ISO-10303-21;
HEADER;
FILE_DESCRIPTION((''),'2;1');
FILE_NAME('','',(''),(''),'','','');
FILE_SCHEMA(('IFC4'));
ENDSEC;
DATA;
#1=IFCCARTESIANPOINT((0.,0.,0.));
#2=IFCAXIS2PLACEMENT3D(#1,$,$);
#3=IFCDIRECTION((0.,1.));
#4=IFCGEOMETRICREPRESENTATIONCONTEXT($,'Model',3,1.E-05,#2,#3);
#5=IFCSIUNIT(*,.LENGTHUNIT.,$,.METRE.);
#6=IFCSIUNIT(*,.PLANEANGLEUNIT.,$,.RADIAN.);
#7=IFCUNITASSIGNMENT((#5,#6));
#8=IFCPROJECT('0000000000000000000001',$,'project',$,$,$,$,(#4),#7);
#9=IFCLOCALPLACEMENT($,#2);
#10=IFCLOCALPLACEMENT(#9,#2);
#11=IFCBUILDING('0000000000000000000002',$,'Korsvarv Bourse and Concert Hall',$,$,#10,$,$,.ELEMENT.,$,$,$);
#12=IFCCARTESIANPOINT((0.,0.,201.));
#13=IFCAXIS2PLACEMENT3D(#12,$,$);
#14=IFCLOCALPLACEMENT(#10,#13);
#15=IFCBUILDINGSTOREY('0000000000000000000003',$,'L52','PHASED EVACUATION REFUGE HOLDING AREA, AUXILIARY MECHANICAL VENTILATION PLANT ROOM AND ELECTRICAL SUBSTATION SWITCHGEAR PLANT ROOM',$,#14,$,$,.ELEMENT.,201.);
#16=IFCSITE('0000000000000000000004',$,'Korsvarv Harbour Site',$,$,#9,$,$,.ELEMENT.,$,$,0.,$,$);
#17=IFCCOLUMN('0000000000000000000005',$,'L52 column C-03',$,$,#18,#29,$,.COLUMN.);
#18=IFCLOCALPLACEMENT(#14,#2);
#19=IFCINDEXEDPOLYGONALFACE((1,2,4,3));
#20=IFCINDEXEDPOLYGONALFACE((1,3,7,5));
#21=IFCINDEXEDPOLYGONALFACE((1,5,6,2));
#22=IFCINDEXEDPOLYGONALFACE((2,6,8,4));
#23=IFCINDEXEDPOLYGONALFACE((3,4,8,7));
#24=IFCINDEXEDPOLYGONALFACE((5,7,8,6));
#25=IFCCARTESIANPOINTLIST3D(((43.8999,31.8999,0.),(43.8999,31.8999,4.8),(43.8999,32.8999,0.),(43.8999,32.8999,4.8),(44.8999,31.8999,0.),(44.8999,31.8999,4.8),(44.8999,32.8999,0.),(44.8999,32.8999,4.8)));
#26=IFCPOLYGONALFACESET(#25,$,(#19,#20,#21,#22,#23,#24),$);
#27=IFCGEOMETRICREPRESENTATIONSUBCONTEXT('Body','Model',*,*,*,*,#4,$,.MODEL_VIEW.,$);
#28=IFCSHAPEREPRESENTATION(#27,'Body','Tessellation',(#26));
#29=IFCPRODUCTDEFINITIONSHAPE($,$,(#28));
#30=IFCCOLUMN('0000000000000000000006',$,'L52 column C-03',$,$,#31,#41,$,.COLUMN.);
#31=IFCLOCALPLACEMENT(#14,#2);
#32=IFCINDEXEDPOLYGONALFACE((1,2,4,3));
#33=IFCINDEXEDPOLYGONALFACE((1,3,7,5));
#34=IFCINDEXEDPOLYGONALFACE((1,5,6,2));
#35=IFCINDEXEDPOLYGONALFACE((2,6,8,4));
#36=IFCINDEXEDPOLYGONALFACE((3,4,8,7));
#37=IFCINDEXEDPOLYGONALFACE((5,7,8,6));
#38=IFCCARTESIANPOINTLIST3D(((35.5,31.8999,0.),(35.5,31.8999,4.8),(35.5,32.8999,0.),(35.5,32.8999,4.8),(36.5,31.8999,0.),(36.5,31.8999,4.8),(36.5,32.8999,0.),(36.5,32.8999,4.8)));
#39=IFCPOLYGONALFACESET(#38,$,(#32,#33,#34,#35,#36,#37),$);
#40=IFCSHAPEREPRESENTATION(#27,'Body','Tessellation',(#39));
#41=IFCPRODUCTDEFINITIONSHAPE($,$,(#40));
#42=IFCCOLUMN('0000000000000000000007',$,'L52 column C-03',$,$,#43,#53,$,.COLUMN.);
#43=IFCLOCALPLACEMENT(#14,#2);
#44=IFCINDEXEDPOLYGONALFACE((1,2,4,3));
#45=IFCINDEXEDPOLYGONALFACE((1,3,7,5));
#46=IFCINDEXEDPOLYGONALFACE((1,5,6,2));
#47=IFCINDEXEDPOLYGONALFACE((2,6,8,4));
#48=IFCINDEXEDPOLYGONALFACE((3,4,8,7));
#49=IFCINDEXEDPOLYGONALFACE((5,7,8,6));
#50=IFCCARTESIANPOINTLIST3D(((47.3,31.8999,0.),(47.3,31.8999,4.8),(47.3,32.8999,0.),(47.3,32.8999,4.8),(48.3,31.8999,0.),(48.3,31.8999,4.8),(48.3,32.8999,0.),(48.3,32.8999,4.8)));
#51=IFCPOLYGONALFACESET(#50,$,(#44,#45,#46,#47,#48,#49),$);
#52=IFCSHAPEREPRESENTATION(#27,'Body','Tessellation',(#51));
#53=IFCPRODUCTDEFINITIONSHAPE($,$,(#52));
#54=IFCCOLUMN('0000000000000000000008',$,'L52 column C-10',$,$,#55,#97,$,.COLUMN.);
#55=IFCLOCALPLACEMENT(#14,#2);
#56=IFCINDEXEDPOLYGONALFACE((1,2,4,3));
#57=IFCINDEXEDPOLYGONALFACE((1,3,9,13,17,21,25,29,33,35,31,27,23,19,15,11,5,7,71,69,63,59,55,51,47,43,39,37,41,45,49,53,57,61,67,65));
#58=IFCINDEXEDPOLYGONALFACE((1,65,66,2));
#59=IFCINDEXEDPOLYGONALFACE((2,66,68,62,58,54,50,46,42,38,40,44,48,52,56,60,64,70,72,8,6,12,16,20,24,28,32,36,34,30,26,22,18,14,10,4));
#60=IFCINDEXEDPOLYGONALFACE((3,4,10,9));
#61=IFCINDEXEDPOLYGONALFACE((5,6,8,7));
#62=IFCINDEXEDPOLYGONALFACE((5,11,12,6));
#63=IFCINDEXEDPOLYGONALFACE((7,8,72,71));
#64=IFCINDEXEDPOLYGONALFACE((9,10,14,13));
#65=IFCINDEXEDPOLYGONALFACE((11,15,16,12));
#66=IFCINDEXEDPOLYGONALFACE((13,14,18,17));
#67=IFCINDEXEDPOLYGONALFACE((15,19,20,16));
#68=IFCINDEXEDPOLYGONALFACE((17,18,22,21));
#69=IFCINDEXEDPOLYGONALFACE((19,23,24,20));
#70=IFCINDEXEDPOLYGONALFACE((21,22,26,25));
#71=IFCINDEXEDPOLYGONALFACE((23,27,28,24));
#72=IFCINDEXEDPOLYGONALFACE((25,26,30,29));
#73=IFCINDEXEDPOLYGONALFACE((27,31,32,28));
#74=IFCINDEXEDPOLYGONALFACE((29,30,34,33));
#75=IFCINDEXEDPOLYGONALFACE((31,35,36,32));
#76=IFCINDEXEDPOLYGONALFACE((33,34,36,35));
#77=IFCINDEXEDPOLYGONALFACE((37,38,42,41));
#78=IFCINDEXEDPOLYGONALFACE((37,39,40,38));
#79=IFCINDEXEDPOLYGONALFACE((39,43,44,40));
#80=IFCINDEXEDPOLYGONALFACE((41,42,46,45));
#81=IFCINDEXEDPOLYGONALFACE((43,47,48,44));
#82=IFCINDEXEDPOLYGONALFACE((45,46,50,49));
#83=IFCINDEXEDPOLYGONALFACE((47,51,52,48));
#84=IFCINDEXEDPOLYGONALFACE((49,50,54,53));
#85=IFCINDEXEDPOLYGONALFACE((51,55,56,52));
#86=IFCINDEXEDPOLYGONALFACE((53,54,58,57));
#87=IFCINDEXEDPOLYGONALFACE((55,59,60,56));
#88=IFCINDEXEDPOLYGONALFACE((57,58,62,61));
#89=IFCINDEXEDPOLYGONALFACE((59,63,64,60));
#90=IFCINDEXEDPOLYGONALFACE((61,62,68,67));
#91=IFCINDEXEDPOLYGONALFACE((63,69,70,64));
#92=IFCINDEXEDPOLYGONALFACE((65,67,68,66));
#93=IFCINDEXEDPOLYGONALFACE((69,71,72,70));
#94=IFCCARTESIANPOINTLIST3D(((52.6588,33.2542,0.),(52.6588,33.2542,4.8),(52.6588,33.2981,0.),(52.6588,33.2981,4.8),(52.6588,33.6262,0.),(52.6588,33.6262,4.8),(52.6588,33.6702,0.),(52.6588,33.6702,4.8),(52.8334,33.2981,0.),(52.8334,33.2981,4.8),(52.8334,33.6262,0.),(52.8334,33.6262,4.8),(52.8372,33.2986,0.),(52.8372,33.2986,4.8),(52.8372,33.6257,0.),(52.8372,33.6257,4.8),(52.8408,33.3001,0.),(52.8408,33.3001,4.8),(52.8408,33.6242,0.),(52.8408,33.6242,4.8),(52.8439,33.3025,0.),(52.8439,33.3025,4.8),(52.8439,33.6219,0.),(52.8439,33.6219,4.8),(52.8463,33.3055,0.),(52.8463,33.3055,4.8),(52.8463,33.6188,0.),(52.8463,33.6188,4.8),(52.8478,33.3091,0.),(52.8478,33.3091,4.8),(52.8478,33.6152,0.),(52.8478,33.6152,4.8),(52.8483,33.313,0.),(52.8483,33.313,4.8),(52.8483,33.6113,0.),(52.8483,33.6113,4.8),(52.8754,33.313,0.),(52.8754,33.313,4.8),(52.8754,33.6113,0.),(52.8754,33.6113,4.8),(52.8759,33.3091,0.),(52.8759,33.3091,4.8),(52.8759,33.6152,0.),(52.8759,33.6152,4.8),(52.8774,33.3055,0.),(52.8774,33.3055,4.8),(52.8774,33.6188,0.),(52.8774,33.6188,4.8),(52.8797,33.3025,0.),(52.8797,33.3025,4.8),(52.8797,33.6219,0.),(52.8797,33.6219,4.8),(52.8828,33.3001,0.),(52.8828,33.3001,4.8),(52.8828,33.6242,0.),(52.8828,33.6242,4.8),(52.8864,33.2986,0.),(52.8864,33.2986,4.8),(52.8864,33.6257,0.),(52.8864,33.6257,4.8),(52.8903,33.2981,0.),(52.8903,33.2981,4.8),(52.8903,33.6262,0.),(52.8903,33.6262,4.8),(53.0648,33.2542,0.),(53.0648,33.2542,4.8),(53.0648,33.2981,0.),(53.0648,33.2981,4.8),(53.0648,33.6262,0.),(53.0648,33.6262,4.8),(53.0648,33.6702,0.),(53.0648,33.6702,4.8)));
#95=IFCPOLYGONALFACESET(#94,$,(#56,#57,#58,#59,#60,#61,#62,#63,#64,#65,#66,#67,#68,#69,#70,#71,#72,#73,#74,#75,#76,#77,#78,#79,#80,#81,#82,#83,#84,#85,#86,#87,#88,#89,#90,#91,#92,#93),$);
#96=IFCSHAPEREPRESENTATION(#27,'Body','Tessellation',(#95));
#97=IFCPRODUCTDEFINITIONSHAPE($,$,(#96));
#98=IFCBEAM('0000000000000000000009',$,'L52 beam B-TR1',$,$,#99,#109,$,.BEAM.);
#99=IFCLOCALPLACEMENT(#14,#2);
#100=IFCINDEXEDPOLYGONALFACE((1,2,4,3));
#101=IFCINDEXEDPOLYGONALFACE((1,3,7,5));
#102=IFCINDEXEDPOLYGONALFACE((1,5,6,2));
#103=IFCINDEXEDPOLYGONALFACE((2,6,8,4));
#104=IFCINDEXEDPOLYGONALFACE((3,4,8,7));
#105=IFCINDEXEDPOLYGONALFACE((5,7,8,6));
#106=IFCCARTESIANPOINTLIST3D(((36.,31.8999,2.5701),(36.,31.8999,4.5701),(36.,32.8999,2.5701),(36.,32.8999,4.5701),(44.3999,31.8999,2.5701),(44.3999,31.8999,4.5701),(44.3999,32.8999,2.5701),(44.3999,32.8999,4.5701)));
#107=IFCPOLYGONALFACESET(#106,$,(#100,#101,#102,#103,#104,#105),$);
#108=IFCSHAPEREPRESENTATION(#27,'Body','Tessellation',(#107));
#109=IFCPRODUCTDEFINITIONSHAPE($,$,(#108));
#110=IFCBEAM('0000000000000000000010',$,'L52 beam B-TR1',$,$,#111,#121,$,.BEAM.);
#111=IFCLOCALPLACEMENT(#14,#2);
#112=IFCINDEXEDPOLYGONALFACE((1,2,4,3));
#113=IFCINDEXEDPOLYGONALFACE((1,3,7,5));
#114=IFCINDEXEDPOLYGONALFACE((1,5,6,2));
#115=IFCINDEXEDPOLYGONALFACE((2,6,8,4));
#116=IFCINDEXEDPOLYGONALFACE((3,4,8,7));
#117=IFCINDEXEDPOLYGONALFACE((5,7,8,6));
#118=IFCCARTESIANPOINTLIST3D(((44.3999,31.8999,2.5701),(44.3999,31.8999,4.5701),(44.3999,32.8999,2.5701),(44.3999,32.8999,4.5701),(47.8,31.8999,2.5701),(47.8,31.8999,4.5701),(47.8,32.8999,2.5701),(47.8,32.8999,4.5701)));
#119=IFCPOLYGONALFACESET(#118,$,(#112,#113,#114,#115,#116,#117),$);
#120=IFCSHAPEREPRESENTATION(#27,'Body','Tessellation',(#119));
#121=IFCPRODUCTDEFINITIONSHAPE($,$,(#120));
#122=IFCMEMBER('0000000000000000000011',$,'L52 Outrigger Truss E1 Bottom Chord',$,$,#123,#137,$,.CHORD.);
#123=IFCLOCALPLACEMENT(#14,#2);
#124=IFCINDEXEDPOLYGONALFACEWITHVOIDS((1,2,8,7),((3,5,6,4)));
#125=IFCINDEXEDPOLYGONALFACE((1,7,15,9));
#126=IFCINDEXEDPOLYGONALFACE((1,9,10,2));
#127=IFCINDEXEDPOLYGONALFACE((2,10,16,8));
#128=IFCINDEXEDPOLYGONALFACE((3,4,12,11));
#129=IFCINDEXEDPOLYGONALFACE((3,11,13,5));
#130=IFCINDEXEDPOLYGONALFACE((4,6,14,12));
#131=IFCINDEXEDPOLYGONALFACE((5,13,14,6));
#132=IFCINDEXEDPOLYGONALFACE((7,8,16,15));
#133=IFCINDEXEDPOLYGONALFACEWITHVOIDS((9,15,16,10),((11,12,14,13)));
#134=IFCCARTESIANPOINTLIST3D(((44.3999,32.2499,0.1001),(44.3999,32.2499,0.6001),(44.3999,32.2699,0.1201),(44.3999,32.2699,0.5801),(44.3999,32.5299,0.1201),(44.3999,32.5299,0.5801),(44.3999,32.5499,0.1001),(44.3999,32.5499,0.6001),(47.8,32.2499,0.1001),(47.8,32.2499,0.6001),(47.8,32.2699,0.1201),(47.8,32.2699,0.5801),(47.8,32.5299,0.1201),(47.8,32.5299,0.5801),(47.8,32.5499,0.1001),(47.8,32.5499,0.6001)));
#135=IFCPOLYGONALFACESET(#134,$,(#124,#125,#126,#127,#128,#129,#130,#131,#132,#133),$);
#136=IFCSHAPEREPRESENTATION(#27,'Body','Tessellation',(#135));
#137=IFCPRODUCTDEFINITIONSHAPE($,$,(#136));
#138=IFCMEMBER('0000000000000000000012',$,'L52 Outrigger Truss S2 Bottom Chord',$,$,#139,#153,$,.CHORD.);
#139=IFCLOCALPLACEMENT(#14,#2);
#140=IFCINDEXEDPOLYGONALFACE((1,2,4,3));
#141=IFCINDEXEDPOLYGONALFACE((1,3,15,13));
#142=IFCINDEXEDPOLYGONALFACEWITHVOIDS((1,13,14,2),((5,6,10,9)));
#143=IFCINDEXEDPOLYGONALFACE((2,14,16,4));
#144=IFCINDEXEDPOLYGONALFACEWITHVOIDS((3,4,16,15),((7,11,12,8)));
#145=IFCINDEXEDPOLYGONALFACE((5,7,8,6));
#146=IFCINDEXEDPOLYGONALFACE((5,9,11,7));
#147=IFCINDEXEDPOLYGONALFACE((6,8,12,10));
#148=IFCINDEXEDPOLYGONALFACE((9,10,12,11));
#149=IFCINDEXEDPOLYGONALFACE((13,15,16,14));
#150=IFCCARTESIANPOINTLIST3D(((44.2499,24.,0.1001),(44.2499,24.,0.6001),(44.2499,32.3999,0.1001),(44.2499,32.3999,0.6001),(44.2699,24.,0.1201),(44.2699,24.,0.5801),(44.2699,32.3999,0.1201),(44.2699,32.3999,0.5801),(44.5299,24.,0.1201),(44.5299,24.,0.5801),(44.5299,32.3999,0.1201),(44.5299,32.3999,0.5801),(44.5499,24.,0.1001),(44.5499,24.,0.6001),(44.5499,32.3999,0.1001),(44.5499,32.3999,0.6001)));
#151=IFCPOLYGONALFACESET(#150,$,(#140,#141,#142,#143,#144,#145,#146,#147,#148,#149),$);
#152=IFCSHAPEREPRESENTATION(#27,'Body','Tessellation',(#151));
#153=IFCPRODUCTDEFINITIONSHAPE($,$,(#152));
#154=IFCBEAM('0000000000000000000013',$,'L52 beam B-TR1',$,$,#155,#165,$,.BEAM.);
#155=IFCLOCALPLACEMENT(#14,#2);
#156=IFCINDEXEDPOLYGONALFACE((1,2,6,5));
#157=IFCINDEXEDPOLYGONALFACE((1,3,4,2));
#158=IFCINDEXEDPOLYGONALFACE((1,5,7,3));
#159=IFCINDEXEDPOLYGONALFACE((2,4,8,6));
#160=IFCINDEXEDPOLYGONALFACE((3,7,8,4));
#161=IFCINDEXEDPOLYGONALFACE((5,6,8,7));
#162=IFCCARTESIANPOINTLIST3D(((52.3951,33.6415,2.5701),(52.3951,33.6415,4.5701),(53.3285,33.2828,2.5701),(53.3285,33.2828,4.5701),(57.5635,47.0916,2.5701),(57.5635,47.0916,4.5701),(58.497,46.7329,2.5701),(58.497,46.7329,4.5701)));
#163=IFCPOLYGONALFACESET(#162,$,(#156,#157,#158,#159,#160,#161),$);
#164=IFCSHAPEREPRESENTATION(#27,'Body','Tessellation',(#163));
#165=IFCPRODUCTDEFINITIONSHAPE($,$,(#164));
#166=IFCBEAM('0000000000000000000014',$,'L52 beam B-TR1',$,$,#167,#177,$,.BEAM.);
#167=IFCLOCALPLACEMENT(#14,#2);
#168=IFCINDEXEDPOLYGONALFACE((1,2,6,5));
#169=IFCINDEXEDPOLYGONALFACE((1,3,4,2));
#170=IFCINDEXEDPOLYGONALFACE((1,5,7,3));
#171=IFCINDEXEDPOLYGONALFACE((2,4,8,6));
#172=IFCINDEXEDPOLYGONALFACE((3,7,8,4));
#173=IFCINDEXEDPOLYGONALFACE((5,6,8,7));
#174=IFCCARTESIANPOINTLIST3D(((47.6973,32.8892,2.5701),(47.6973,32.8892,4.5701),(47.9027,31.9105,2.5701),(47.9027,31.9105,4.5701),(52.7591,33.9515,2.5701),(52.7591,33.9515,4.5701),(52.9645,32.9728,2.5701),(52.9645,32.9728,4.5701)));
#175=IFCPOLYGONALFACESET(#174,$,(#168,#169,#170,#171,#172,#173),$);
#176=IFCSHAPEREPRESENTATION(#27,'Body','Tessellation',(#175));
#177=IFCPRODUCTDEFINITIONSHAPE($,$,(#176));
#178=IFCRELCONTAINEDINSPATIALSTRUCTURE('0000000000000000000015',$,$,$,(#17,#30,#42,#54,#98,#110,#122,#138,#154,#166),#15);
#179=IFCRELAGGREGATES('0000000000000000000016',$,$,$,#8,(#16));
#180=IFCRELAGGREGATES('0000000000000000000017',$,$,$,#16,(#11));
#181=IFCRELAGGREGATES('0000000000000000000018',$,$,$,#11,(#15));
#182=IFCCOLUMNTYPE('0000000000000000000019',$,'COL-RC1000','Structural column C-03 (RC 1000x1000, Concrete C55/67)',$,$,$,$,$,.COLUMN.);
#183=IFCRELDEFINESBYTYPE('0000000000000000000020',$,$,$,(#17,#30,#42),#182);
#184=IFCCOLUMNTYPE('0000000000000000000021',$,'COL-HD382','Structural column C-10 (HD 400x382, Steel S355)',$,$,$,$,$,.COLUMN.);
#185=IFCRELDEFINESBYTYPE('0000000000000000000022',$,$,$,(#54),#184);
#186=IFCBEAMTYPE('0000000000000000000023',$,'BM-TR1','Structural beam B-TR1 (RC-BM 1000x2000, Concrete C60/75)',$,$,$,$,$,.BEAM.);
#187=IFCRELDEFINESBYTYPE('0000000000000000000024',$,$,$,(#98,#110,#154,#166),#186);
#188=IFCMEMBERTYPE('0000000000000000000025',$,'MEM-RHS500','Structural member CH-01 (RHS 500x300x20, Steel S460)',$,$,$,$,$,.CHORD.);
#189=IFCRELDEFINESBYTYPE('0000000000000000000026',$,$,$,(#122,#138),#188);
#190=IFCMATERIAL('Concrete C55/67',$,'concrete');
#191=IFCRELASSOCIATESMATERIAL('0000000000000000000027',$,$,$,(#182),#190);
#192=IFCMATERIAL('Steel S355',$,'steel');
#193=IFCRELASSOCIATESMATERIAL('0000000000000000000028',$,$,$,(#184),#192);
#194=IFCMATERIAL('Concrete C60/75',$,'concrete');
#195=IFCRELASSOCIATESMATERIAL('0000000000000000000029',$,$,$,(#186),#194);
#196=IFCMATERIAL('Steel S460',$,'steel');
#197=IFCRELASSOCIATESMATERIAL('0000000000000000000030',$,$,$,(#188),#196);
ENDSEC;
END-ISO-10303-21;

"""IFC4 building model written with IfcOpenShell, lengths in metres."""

from ifc_helpers import new_model, si_unit, direction, frame, origin, origin_2d, place, context, subcontext, project, spatial, rectangle, hollow_rectangle, i_section, extrude, source, transform, mapped, material, material_profile, profile_set, type_object, element, save


model = new_model("IFC4")

# Units and contexts
model_context = context("Model", 3, precision=1e-05, world=origin(), true_north=direction((0.0, 1.0)))
body_context = subcontext(model_context, "Body", "Model", "MODEL_VIEW")
ifc_project = project(units=[si_unit("LENGTHUNIT", "METRE"), si_unit("PLANEANGLEUNIT", "RADIAN")], contexts=[model_context])

# Site, building, storey
site_placement = place(None, origin())
site = spatial("IfcSite", under=ifc_project, at=site_placement, Name="Korsvarv Harbour Site", CompositionType="ELEMENT", RefElevation=0.0)
building_placement = place(site_placement, origin())
building = spatial("IfcBuilding", under=site, at=building_placement, Name="Korsvarv Bourse and Concert Hall", CompositionType="ELEMENT")
storey_placement = place(building_placement, frame((0.0, 0.0, 201.0)))
storey = spatial("IfcBuildingStorey", under=building, at=storey_placement, Name="L52", Description="PHASED EVACUATION REFUGE HOLDING AREA, AUXILIARY MECHANICAL VENTILATION PLANT ROOM AND ELECTRICAL SUBSTATION SWITCHGEAR PLANT ROOM", CompositionType="ELEMENT", Elevation=201.0)

# Columns
ifc_material_1 = material(Name="Concrete C55/67", Category="concrete")
ifc_material_profile_1 = material_profile(ifc_material_1, rectangle(XDim=1.0, YDim=1.0, at=origin_2d()), Name="RC 1000x1000")
ifc_profile_set_1 = profile_set([ifc_material_profile_1], Name="Concrete C55/67")
column_type_1 = type_object("IfcColumnType", Name="COL-RC1000", Description="Structural column C-03 (RC 1000x1000, Concrete C55/67)", PredefinedType="COLUMN", material=ifc_profile_set_1)
shared_shape_1 = source(origin(), body_context, "Body", "SweptSolid", [
    extrude(rectangle(XDim=1.0, YDim=1.0, at=origin_2d()), origin(), (0.0, 0.0, 1.0), 4.8),
])
for number, where, z_axis, x_axis, name in (
    (1, (44.3999, 32.3999, 0.0), (0.0, 0.0, 1.0), (1.0, 0.0, 0.0), "L52 column C-03"),
    (2, (36.0, 32.3999, 0.0), (0.0, 0.0, 1.0), (1.0, 0.0, 0.0), "L52 column C-03"),
    (3, (47.8, 32.3999, 0.0), (0.0, 0.0, 1.0), (1.0, 0.0, 0.0), "L52 column C-03"),
):
    element("IfcColumn", number, at=place(storey_placement, frame(where, z_axis=z_axis, x_axis=x_axis)), inside=storey, type_object=column_type_1, Name=name, PredefinedType="COLUMN", context=body_context, shape_type="MappedRepresentation", body=[
        mapped(shared_shape_1, transform((0.0, 0.0, 0.0), scale=1.0)),
    ])
ifc_material_2 = material(Name="Steel S355", Category="steel")
ifc_material_profile_2 = material_profile(ifc_material_2, i_section(OverallWidth=0.406, OverallDepth=0.416, WebThickness=0.0271, FlangeThickness=0.0439, FilletRadius=0.0149, at=origin_2d()), Name="HD 400x382")
ifc_profile_set_2 = profile_set([ifc_material_profile_2], Name="Steel S355")
column_type_2 = type_object("IfcColumnType", Name="COL-HD382", Description="Structural column C-10 (HD 400x382, Steel S355)", PredefinedType="COLUMN", material=ifc_profile_set_2)
shared_shape_2 = source(origin(), body_context, "Body", "SweptSolid", [
    extrude(i_section(OverallWidth=0.406, OverallDepth=0.416, WebThickness=0.0271, FlangeThickness=0.0439, FilletRadius=0.0149, at=origin_2d()), origin(), (0.0, 0.0, 1.0), 4.8),
])
column_placement = place(storey_placement, frame((52.8618, 33.4622, 0.0), z_axis=(0.0, 0.0, 1.0), x_axis=(1.0, 0.0, 0.0)))
element("IfcColumn", 4, at=column_placement, inside=storey, type_object=column_type_2, Name="L52 column C-10", PredefinedType="COLUMN", context=body_context, shape_type="MappedRepresentation", body=[
    mapped(shared_shape_2, transform((0.0, 0.0, 0.0), scale=1.0)),
])

# Beams
ifc_material_3 = material(Name="Concrete C60/75", Category="concrete")
ifc_material_profile_3 = material_profile(ifc_material_3, rectangle(XDim=1.0, YDim=2.0, at=origin_2d()), Name="RC-BM 1000x2000")
ifc_profile_set_3 = profile_set([ifc_material_profile_3], Name="Concrete C60/75")
beam_type = type_object("IfcBeamType", Name="BM-TR1", Description="Structural beam B-TR1 (RC-BM 1000x2000, Concrete C60/75)", PredefinedType="BEAM", material=ifc_profile_set_3)
shared_shape_3 = source(origin(), body_context, "Body", "SweptSolid", [
    extrude(rectangle(XDim=1.0, YDim=2.0, at=origin_2d()), origin(), (0.0, 0.0, 1.0), 8.3999),
])
beam_1_placement = place(storey_placement, frame((36.0, 32.3999, 3.5701), z_axis=(1.0, 0.0, 0.0), x_axis=(0.0, 1.0, 0.0)))
element("IfcBeam", 5, at=beam_1_placement, inside=storey, type_object=beam_type, Name="L52 beam B-TR1", PredefinedType="BEAM", context=body_context, shape_type="MappedRepresentation", body=[
    mapped(shared_shape_3, transform((0.0, 0.0, 0.0), scale=1.0)),
])
shared_shape_4 = source(origin(), body_context, "Body", "SweptSolid", [
    extrude(rectangle(XDim=1.0, YDim=2.0, at=origin_2d()), origin(), (0.0, 0.0, 1.0), 3.4001),
])
beam_2_placement = place(storey_placement, frame((44.3999, 32.3999, 3.5701), z_axis=(1.0, 0.0, 0.0), x_axis=(0.0, 1.0, 0.0)))
element("IfcBeam", 6, at=beam_2_placement, inside=storey, type_object=beam_type, Name="L52 beam B-TR1", PredefinedType="BEAM", context=body_context, shape_type="MappedRepresentation", body=[
    mapped(shared_shape_4, transform((0.0, 0.0, 0.0), scale=1.0)),
])

# Members
ifc_material_4 = material(Name="Steel S460", Category="steel")
ifc_material_profile_4 = material_profile(ifc_material_4, hollow_rectangle(XDim=0.3, YDim=0.5, WallThickness=0.02, at=origin_2d()), Name="RHS 500x300x20")
ifc_profile_set_4 = profile_set([ifc_material_profile_4], Name="Steel S460")
member_type_1 = type_object("IfcMemberType", Name="MEM-RHS500", Description="Structural member CH-01 (RHS 500x300x20, Steel S460)", PredefinedType="CHORD", material=ifc_profile_set_4)
shared_shape_5 = source(origin(), body_context, "Body", "SweptSolid", [
    extrude(hollow_rectangle(XDim=0.3, YDim=0.5, WallThickness=0.02, at=origin_2d()), origin(), (0.0, 0.0, 1.0), 3.4001),
])
member_1_placement = place(storey_placement, frame((44.3999, 32.3999, 0.3501), z_axis=(1.0, 0.0, 0.0), x_axis=(0.0, 1.0, 0.0)))
element("IfcMember", 7, at=member_1_placement, inside=storey, type_object=member_type_1, Name="L52 Outrigger Truss E1 Bottom Chord", PredefinedType="CHORD", context=body_context, shape_type="MappedRepresentation", body=[
    mapped(shared_shape_5, transform((0.0, 0.0, 0.0), scale=1.0)),
])
shared_shape_6 = source(origin(), body_context, "Body", "SweptSolid", [
    extrude(hollow_rectangle(XDim=0.3, YDim=0.5, WallThickness=0.02, at=origin_2d()), origin(), (0.0, 0.0, 1.0), 8.3999),
])
member_2_placement = place(storey_placement, frame((44.3999, 32.3999, 0.3501), z_axis=(0.0, -1.0, 0.0), x_axis=(1.0, 0.0, 0.0)))
element("IfcMember", 8, at=member_2_placement, inside=storey, type_object=member_type_1, Name="L52 Outrigger Truss S2 Bottom Chord", PredefinedType="CHORD", context=body_context, shape_type="MappedRepresentation", body=[
    mapped(shared_shape_6, transform((0.0, 0.0, 0.0), scale=1.0)),
])

# Beams
shared_shape_7 = source(origin(), body_context, "Body", "SweptSolid", [
    extrude(rectangle(XDim=1.0, YDim=2.0, at=origin_2d()), origin(), (0.0, 0.0, 1.0), 14.4089),
])
beam_3_placement = place(storey_placement, frame((52.8618, 33.4622, 3.5701), z_axis=(0.358695, 0.933455, 0.0), x_axis=(-0.933455, 0.358695, 0.0)))
element("IfcBeam", 9, at=beam_3_placement, inside=storey, type_object=beam_type, Name="L52 beam B-TR1", PredefinedType="BEAM", context=body_context, shape_type="MappedRepresentation", body=[
    mapped(shared_shape_7, transform((0.0, 0.0, 0.0), scale=1.0)),
])
shared_shape_8 = source(origin(), body_context, "Body", "SweptSolid", [
    extrude(rectangle(XDim=1.0, YDim=2.0, at=origin_2d()), origin(), (0.0, 0.0, 1.0), 5.1721),
])
beam_4_placement = place(storey_placement, frame((52.8618, 33.4622, 3.5701), z_axis=(-0.978681, -0.205385, 0.0), x_axis=(0.205385, -0.978681, 0.0)))
element("IfcBeam", 10, at=beam_4_placement, inside=storey, type_object=beam_type, Name="L52 beam B-TR1", PredefinedType="BEAM", context=body_context, shape_type="MappedRepresentation", body=[
    mapped(shared_shape_8, transform((0.0, 0.0, 0.0), scale=1.0)),
])

save(model, "model.ifc")
